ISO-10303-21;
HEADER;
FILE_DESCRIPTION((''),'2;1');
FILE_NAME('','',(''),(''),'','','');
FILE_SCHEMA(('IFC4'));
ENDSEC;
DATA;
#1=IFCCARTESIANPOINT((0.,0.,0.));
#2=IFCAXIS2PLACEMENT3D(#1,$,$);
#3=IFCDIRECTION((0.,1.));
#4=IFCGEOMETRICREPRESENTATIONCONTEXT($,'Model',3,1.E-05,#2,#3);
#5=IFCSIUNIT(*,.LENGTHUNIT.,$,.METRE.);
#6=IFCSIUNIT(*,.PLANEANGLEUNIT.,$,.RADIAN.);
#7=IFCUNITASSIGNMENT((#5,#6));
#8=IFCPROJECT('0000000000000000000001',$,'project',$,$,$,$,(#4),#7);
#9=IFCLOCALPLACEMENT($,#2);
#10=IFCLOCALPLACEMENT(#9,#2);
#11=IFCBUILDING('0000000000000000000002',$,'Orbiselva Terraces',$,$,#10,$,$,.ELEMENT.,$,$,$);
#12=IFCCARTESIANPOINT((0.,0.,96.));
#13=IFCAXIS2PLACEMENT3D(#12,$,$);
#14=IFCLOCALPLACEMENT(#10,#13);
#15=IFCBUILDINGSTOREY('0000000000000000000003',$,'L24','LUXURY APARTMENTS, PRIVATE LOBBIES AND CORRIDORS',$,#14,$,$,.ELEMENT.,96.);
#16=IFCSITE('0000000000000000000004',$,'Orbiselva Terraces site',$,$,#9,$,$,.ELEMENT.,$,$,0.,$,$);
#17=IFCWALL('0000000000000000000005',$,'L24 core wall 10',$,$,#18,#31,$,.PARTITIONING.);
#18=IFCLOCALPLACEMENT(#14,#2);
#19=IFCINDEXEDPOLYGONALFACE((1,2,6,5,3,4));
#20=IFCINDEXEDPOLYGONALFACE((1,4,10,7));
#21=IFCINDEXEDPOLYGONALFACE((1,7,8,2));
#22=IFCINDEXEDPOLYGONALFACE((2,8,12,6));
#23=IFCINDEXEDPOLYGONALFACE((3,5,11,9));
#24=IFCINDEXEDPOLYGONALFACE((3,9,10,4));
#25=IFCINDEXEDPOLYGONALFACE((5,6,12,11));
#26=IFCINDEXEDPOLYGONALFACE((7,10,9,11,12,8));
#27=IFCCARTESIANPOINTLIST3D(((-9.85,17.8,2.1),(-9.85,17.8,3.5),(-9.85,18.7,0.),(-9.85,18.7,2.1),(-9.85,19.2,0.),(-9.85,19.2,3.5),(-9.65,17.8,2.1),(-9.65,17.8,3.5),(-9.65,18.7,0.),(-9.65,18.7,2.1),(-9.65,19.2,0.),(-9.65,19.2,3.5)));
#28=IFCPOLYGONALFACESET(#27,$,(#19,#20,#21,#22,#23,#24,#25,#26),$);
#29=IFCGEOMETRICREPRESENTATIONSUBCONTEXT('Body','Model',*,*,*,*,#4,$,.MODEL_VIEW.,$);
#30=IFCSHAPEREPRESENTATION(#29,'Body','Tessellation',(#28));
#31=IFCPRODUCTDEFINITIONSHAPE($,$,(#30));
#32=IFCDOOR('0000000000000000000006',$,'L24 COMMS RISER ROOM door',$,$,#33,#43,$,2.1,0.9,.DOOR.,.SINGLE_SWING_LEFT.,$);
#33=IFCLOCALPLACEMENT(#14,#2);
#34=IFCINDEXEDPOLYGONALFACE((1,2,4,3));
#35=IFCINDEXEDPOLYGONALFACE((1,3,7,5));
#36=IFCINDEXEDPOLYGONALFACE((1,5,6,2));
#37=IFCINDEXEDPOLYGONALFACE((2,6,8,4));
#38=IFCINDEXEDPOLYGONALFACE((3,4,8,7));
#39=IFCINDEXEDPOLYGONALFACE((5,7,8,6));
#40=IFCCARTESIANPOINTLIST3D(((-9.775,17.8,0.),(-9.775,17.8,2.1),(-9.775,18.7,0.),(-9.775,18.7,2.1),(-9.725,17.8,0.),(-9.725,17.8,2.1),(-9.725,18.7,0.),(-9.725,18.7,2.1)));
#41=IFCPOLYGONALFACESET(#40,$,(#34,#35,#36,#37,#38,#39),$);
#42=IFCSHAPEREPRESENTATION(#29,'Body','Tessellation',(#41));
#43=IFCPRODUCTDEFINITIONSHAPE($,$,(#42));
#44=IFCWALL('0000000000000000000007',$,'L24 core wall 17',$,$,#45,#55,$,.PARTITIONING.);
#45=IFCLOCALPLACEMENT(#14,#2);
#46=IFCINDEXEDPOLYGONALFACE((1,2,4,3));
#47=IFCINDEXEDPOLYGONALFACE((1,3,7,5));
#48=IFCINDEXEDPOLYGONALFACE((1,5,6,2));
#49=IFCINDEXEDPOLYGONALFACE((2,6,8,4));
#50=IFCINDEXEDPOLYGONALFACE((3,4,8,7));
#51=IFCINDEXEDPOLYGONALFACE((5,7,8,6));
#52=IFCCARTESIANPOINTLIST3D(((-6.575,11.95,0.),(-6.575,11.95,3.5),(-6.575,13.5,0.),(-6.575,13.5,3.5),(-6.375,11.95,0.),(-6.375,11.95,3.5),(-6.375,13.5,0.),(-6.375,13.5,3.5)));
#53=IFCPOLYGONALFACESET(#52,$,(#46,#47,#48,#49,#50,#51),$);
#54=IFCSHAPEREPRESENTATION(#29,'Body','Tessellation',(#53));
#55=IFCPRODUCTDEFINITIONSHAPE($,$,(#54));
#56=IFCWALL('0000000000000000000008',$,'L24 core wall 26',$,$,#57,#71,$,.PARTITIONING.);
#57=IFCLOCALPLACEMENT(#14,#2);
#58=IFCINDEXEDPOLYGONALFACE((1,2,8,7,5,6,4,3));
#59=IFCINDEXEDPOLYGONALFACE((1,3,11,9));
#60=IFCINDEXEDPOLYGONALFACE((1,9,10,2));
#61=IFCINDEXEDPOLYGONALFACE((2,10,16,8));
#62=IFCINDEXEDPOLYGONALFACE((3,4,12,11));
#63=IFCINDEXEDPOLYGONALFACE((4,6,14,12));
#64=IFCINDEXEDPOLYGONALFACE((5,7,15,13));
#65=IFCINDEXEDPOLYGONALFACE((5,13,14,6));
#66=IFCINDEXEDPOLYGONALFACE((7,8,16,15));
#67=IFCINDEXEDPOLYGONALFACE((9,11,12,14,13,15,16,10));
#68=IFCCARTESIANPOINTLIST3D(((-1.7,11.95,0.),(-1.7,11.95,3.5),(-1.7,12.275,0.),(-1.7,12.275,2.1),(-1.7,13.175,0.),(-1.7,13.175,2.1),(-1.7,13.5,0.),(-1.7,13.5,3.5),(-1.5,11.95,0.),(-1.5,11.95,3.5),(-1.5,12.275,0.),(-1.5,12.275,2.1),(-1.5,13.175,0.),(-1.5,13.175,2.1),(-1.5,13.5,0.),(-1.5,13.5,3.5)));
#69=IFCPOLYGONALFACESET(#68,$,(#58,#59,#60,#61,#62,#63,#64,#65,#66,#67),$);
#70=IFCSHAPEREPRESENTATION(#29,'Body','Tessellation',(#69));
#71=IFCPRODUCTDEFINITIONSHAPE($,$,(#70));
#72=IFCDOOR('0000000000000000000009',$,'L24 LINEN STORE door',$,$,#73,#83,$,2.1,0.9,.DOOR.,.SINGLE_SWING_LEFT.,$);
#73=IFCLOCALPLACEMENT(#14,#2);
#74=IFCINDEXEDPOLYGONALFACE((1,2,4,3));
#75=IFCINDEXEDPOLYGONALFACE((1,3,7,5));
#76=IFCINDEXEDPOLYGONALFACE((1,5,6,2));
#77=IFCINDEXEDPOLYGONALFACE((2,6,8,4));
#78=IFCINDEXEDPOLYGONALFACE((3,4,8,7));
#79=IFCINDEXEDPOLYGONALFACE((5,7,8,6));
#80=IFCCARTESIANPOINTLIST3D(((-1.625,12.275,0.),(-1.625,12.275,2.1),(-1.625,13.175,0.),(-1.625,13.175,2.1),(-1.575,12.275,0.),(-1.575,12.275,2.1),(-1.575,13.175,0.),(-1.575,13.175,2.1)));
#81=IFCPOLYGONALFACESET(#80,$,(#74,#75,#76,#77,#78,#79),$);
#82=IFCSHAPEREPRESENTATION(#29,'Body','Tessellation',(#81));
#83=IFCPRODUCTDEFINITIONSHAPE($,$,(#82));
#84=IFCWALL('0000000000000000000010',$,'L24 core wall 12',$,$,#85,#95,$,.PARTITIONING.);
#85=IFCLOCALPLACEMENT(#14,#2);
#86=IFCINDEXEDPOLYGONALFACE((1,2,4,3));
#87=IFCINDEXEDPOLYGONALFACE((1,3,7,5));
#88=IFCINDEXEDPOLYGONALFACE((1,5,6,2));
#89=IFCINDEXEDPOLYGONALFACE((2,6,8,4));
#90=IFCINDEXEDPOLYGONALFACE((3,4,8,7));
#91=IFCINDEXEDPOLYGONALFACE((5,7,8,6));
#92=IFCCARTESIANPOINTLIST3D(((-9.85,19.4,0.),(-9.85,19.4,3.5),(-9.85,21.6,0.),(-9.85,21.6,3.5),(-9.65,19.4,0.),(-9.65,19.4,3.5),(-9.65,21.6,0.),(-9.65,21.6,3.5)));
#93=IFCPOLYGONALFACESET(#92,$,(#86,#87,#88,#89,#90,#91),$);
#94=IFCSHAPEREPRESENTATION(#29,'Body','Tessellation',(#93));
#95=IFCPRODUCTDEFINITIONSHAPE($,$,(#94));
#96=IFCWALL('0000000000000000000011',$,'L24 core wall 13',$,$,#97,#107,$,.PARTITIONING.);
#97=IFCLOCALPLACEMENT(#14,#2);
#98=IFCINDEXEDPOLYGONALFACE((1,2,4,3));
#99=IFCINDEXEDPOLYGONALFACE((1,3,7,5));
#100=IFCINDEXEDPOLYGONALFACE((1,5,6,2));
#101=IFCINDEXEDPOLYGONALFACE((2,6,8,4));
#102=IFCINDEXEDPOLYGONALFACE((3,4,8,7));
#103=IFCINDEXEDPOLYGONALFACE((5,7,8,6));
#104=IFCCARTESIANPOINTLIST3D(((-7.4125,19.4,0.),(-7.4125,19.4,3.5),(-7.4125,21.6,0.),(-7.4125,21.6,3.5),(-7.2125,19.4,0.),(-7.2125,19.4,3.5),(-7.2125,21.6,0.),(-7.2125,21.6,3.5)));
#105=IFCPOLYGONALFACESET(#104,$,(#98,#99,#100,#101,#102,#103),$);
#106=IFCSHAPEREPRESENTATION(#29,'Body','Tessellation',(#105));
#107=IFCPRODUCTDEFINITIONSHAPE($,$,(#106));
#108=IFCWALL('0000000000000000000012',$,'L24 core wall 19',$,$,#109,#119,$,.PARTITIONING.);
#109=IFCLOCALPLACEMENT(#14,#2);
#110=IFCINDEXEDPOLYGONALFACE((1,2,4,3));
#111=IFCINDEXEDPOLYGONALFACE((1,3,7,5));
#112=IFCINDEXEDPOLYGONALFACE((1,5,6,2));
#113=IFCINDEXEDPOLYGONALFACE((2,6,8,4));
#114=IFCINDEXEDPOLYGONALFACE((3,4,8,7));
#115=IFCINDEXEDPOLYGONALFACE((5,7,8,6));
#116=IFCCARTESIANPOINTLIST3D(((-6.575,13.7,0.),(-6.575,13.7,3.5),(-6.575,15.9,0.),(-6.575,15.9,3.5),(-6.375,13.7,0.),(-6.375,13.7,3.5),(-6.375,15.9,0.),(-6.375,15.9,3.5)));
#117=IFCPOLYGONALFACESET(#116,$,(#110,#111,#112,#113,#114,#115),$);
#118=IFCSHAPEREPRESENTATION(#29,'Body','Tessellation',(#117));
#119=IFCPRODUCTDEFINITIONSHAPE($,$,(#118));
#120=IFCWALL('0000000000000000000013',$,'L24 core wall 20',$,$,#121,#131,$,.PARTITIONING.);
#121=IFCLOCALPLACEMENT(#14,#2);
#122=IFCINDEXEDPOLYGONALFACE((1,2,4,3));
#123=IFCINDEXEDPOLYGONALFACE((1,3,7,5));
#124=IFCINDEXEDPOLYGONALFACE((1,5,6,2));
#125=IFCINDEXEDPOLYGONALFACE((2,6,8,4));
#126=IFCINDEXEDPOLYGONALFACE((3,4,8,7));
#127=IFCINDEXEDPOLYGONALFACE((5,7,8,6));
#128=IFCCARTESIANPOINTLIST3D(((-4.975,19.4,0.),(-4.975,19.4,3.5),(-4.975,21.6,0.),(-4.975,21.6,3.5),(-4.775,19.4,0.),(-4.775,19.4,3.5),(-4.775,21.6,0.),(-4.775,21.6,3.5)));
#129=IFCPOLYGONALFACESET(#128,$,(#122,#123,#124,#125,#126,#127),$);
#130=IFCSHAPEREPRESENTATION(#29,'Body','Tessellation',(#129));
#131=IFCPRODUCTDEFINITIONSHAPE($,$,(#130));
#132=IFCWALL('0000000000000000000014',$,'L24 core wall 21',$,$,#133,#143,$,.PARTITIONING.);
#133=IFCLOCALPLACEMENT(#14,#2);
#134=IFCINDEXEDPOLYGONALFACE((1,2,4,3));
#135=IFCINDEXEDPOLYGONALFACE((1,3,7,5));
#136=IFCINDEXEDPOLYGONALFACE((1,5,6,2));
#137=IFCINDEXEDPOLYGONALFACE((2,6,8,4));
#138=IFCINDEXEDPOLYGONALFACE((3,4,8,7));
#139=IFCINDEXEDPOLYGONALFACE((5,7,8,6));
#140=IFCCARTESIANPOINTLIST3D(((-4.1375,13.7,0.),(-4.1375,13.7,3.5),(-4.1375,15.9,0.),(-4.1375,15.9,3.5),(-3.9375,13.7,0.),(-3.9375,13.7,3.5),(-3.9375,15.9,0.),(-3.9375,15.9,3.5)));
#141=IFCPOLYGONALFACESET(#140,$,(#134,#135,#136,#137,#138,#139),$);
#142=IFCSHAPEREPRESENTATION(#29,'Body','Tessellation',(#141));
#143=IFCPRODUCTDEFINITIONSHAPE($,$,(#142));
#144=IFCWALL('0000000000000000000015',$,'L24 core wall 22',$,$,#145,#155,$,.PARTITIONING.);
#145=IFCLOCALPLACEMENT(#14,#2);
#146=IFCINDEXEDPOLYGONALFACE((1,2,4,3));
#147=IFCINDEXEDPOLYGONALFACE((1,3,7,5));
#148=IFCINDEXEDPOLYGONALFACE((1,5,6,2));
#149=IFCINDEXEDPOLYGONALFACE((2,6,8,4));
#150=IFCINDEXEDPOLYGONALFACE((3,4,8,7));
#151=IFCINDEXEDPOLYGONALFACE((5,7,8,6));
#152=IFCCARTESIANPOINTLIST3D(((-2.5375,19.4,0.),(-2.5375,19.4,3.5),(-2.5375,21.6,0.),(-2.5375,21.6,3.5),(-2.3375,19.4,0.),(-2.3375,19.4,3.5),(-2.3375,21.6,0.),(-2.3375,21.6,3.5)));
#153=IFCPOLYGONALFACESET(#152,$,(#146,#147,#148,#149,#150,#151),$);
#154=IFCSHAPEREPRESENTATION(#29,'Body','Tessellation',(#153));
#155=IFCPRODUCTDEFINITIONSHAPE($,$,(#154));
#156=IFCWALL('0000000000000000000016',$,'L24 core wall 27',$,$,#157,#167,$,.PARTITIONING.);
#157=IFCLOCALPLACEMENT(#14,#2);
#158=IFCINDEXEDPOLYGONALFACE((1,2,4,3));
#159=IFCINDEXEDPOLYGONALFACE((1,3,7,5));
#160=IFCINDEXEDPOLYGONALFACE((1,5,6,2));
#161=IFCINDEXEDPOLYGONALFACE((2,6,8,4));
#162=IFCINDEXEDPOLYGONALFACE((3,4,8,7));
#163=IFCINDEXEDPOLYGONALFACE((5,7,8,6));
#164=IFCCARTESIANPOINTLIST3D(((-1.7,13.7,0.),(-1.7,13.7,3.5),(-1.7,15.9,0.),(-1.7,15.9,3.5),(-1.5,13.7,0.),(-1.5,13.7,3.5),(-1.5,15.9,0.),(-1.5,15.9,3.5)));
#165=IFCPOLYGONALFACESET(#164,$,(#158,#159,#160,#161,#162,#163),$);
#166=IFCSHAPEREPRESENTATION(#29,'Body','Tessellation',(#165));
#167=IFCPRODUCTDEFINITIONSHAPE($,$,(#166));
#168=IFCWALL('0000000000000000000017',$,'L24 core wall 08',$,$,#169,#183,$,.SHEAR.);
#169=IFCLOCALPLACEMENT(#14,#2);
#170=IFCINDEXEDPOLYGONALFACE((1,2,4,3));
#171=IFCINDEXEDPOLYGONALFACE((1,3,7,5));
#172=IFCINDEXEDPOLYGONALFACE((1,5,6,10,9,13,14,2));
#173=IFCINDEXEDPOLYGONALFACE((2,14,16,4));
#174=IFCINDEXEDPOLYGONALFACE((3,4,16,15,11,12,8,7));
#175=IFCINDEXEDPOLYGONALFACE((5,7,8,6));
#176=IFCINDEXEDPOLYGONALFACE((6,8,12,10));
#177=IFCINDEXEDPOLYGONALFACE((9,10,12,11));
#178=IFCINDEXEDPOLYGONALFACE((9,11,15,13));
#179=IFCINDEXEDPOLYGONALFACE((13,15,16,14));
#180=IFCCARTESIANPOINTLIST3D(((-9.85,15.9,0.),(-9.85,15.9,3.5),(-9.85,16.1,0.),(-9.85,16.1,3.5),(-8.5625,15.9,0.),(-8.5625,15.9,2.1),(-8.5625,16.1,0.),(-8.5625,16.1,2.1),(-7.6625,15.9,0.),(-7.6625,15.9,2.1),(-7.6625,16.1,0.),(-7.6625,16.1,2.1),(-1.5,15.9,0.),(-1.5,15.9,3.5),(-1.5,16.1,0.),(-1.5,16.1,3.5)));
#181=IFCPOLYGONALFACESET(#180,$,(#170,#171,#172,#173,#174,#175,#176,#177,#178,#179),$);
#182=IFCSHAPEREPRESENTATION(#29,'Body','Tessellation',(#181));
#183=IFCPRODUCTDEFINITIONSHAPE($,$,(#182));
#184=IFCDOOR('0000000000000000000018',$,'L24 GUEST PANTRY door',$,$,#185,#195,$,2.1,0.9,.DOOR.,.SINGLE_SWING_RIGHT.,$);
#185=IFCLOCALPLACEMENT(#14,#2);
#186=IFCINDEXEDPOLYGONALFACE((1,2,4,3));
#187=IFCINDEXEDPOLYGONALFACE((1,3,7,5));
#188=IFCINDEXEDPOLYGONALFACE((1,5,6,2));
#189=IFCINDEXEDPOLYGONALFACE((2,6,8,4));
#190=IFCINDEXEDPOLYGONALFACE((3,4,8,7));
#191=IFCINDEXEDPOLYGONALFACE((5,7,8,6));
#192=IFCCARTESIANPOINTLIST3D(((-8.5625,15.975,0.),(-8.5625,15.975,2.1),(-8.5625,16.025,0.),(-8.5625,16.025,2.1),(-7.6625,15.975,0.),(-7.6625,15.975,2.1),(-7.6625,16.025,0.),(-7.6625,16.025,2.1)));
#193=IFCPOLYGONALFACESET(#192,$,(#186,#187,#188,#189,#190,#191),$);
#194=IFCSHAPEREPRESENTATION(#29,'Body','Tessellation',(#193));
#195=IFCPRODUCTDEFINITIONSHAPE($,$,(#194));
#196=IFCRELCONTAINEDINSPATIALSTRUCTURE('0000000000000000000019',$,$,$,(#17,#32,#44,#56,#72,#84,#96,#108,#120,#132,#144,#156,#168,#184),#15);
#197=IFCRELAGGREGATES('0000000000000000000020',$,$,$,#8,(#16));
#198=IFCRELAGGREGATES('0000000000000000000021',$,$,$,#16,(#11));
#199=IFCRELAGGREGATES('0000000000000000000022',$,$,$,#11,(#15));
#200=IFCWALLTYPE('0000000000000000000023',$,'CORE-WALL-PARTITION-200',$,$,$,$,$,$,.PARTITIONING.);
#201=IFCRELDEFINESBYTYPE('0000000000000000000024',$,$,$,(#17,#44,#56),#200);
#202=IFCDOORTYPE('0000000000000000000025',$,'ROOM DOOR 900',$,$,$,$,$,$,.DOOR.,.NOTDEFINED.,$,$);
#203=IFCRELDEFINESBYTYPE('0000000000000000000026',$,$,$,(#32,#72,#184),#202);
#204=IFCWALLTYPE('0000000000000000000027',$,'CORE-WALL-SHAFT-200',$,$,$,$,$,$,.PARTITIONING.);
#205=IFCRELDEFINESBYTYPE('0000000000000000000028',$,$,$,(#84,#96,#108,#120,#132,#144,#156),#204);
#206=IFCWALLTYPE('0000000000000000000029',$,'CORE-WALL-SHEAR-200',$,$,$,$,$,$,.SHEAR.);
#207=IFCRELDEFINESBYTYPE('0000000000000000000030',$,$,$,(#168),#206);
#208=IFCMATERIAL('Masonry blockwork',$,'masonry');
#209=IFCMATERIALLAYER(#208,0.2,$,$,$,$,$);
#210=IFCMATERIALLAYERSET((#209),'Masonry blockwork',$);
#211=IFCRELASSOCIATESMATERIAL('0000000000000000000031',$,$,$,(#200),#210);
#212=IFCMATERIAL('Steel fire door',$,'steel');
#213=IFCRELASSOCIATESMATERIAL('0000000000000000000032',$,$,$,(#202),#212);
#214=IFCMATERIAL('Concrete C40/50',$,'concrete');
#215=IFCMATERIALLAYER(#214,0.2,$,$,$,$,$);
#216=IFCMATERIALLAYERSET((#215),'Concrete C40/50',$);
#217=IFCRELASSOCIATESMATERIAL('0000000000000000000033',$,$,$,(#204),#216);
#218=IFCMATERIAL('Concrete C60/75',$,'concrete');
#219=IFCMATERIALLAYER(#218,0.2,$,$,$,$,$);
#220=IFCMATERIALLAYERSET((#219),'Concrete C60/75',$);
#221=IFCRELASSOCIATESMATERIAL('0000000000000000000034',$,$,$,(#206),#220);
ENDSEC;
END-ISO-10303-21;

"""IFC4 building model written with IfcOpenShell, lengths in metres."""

from ifc_helpers import new_model, si_unit, direction, frame, frame_2d, origin, place, context, subcontext, project, spatial, rectangle, extrude, material, layer, layer_set, type_object, element, fill, save


model = new_model("IFC4")

# Units and contexts
model_context = context("Model", 3, precision=1e-05, world=origin(), true_north=direction((0.0, 1.0)))
body_context = subcontext(model_context, "Body", "Model", "MODEL_VIEW")
ifc_project = project(units=[si_unit("LENGTHUNIT", "METRE"), si_unit("PLANEANGLEUNIT", "RADIAN")], contexts=[model_context])

# Site, building, storey
site_placement = place(None, origin())
site = spatial("IfcSite", under=ifc_project, at=site_placement, Name="Orbiselva Terraces site", CompositionType="ELEMENT", RefElevation=0.0)
building_placement = place(site_placement, origin())
building = spatial("IfcBuilding", under=site, at=building_placement, Name="Orbiselva Terraces", CompositionType="ELEMENT")
storey_placement = place(building_placement, frame((0.0, 0.0, 96.0)))
storey = spatial("IfcBuildingStorey", under=building, at=storey_placement, Name="L24", Description="LUXURY APARTMENTS, PRIVATE LOBBIES AND CORRIDORS", CompositionType="ELEMENT", Elevation=96.0)

# Wall, opening, door
ifc_material_1 = material(Name="Masonry blockwork", Category="masonry")
ifc_layer_1 = layer(ifc_material_1, 0.2)
ifc_layer_set_1 = layer_set([ifc_layer_1], Name="Masonry blockwork")
wall_type_1 = type_object("IfcWallType", Name="CORE-WALL-PARTITION-200", PredefinedType="PARTITIONING", material=ifc_layer_set_1)
wall_1_placement = place(storey_placement, frame((-9.75, 17.8, 0.0), z_axis=(0.0, 0.0, 1.0), x_axis=(0.0, 1.0, 0.0)))
wall_1 = element("IfcWall", 1, at=wall_1_placement, inside=storey, type_object=wall_type_1, Name="L24 core wall 10", PredefinedType="PARTITIONING", context=body_context, shape_type="SweptSolid", body=[
    extrude(rectangle(XDim=1.4, YDim=0.2, at=frame_2d((0.7, 0.0))), origin(), (0.0, 0.0, 1.0), 3.5),
])
opening_1_placement = place(wall_1_placement, origin())
opening_1 = element("IfcOpeningElement", 2, at=opening_1_placement, cuts=wall_1, PredefinedType="OPENING", context=body_context, shape_type="SweptSolid", body=[
    extrude(rectangle(XDim=0.9, YDim=2.1, at=frame_2d((0.45, 1.05))), frame((0.0, 0.11, 0.0), z_axis=(0.0, -1.0, 0.0), x_axis=(1.0, 0.0, 0.0)), (0.0, 0.0, 1.0), 0.22),
])
ifc_material_2 = material(Name="Steel fire door", Category="steel")
door_type_1 = type_object("IfcDoorType", Name="ROOM DOOR 900", OperationType="NOTDEFINED", PredefinedType="DOOR", material=ifc_material_2)
door_1_placement = place(opening_1_placement, origin())
door_1 = element("IfcDoor", 3, at=door_1_placement, inside=storey, type_object=door_type_1, Name="L24 COMMS RISER ROOM door", OperationType="SINGLE_SWING_LEFT", OverallHeight=2.1, OverallWidth=0.9, PredefinedType="DOOR", context=body_context, shape_type="SweptSolid", body=[
    extrude(rectangle(XDim=0.9, YDim=2.1, at=frame_2d((0.45, 1.05))), frame((0.0, 0.025, 0.0), z_axis=(0.0, -1.0, 0.0), x_axis=(1.0, 0.0, 0.0)), (0.0, 0.0, 1.0), 0.05),
])
fill(opening_1, door_1)

# Wall
wall_2_placement = place(storey_placement, frame((-6.475, 11.95, 0.0), z_axis=(0.0, 0.0, 1.0), x_axis=(0.0, 1.0, 0.0)))
element("IfcWall", 4, at=wall_2_placement, inside=storey, type_object=wall_type_1, Name="L24 core wall 17", PredefinedType="PARTITIONING", context=body_context, shape_type="SweptSolid", body=[
    extrude(rectangle(XDim=1.55, YDim=0.2, at=frame_2d((0.775, 0.0))), origin(), (0.0, 0.0, 1.0), 3.5),
])

# Wall, opening, door
wall_3_placement = place(storey_placement, frame((-1.6, 11.95, 0.0), z_axis=(0.0, 0.0, 1.0), x_axis=(0.0, 1.0, 0.0)))
wall_3 = element("IfcWall", 5, at=wall_3_placement, inside=storey, type_object=wall_type_1, Name="L24 core wall 26", PredefinedType="PARTITIONING", context=body_context, shape_type="SweptSolid", body=[
    extrude(rectangle(XDim=1.55, YDim=0.2, at=frame_2d((0.775, 0.0))), origin(), (0.0, 0.0, 1.0), 3.5),
])
opening_2_placement = place(wall_3_placement, frame((0.325, 0.0, 0.0)))
opening_2 = element("IfcOpeningElement", 6, at=opening_2_placement, cuts=wall_3, PredefinedType="OPENING", context=body_context, shape_type="SweptSolid", body=[
    extrude(rectangle(XDim=0.9, YDim=2.1, at=frame_2d((0.45, 1.05))), frame((0.0, 0.11, 0.0), z_axis=(0.0, -1.0, 0.0), x_axis=(1.0, 0.0, 0.0)), (0.0, 0.0, 1.0), 0.22),
])
door_2_placement = place(opening_2_placement, origin())
door_2 = element("IfcDoor", 7, at=door_2_placement, inside=storey, type_object=door_type_1, Name="L24 LINEN STORE door", OperationType="SINGLE_SWING_LEFT", OverallHeight=2.1, OverallWidth=0.9, PredefinedType="DOOR", context=body_context, shape_type="SweptSolid", body=[
    extrude(rectangle(XDim=0.9, YDim=2.1, at=frame_2d((0.45, 1.05))), frame((0.0, 0.025, 0.0), z_axis=(0.0, -1.0, 0.0), x_axis=(1.0, 0.0, 0.0)), (0.0, 0.0, 1.0), 0.05),
])
fill(opening_2, door_2)

# Walls
ifc_material_3 = material(Name="Concrete C40/50", Category="concrete")
ifc_layer_2 = layer(ifc_material_3, 0.2)
ifc_layer_set_2 = layer_set([ifc_layer_2], Name="Concrete C40/50")
wall_type_2 = type_object("IfcWallType", Name="CORE-WALL-SHAFT-200", PredefinedType="PARTITIONING", material=ifc_layer_set_2)
for number, where, z_axis, x_axis, name in (
    (8, (-9.75, 19.4, 0.0), (0.0, 0.0, 1.0), (0.0, 1.0, 0.0), "L24 core wall 12"),
    (9, (-7.3125, 19.4, 0.0), (0.0, 0.0, 1.0), (0.0, 1.0, 0.0), "L24 core wall 13"),
    (10, (-6.475, 13.7, 0.0), (0.0, 0.0, 1.0), (0.0, 1.0, 0.0), "L24 core wall 19"),
    (11, (-4.875, 19.4, 0.0), (0.0, 0.0, 1.0), (0.0, 1.0, 0.0), "L24 core wall 20"),
    (12, (-4.0375, 13.7, 0.0), (0.0, 0.0, 1.0), (0.0, 1.0, 0.0), "L24 core wall 21"),
    (13, (-2.4375, 19.4, 0.0), (0.0, 0.0, 1.0), (0.0, 1.0, 0.0), "L24 core wall 22"),
    (14, (-1.6, 13.7, 0.0), (0.0, 0.0, 1.0), (0.0, 1.0, 0.0), "L24 core wall 27"),
):
    element("IfcWall", number, at=place(storey_placement, frame(where, z_axis=z_axis, x_axis=x_axis)), inside=storey, type_object=wall_type_2, Name=name, PredefinedType="PARTITIONING", context=body_context, shape_type="SweptSolid", body=[
        extrude(rectangle(XDim=2.2, YDim=0.2, at=frame_2d((1.1, 0.0))), origin(), (0.0, 0.0, 1.0), 3.5),
    ])

# Wall, opening, door
ifc_material_4 = material(Name="Concrete C60/75", Category="concrete")
ifc_layer_3 = layer(ifc_material_4, 0.2)
ifc_layer_set_3 = layer_set([ifc_layer_3], Name="Concrete C60/75")
wall_type_3 = type_object("IfcWallType", Name="CORE-WALL-SHEAR-200", PredefinedType="SHEAR", material=ifc_layer_set_3)
wall_4_placement = place(storey_placement, frame((-1.5, 16.0, 0.0), z_axis=(0.0, 0.0, 1.0), x_axis=(-1.0, 0.0, 0.0)))
wall_4 = element("IfcWall", 15, at=wall_4_placement, inside=storey, type_object=wall_type_3, Name="L24 core wall 08", PredefinedType="SHEAR", context=body_context, shape_type="SweptSolid", body=[
    extrude(rectangle(XDim=8.35, YDim=0.2, at=frame_2d((4.175, 0.0))), origin(), (0.0, 0.0, 1.0), 3.5),
])
opening_3_placement = place(wall_4_placement, frame((6.1625, 0.0, 0.0)))
opening_3 = element("IfcOpeningElement", 16, at=opening_3_placement, cuts=wall_4, PredefinedType="OPENING", context=body_context, shape_type="SweptSolid", body=[
    extrude(rectangle(XDim=0.9, YDim=2.1, at=frame_2d((0.45, 1.05))), frame((0.0, 0.11, 0.0), z_axis=(0.0, -1.0, 0.0), x_axis=(1.0, 0.0, 0.0)), (0.0, 0.0, 1.0), 0.22),
])
door_3_placement = place(opening_3_placement, origin())
door_3 = element("IfcDoor", 17, at=door_3_placement, inside=storey, type_object=door_type_1, Name="L24 GUEST PANTRY door", OperationType="SINGLE_SWING_RIGHT", OverallHeight=2.1, OverallWidth=0.9, PredefinedType="DOOR", context=body_context, shape_type="SweptSolid", body=[
    extrude(rectangle(XDim=0.9, YDim=2.1, at=frame_2d((0.45, 1.05))), frame((0.0, 0.025, 0.0), z_axis=(0.0, -1.0, 0.0), x_axis=(1.0, 0.0, 0.0)), (0.0, 0.0, 1.0), 0.05),
])
fill(opening_3, door_3)

save(model, "model.ifc")
